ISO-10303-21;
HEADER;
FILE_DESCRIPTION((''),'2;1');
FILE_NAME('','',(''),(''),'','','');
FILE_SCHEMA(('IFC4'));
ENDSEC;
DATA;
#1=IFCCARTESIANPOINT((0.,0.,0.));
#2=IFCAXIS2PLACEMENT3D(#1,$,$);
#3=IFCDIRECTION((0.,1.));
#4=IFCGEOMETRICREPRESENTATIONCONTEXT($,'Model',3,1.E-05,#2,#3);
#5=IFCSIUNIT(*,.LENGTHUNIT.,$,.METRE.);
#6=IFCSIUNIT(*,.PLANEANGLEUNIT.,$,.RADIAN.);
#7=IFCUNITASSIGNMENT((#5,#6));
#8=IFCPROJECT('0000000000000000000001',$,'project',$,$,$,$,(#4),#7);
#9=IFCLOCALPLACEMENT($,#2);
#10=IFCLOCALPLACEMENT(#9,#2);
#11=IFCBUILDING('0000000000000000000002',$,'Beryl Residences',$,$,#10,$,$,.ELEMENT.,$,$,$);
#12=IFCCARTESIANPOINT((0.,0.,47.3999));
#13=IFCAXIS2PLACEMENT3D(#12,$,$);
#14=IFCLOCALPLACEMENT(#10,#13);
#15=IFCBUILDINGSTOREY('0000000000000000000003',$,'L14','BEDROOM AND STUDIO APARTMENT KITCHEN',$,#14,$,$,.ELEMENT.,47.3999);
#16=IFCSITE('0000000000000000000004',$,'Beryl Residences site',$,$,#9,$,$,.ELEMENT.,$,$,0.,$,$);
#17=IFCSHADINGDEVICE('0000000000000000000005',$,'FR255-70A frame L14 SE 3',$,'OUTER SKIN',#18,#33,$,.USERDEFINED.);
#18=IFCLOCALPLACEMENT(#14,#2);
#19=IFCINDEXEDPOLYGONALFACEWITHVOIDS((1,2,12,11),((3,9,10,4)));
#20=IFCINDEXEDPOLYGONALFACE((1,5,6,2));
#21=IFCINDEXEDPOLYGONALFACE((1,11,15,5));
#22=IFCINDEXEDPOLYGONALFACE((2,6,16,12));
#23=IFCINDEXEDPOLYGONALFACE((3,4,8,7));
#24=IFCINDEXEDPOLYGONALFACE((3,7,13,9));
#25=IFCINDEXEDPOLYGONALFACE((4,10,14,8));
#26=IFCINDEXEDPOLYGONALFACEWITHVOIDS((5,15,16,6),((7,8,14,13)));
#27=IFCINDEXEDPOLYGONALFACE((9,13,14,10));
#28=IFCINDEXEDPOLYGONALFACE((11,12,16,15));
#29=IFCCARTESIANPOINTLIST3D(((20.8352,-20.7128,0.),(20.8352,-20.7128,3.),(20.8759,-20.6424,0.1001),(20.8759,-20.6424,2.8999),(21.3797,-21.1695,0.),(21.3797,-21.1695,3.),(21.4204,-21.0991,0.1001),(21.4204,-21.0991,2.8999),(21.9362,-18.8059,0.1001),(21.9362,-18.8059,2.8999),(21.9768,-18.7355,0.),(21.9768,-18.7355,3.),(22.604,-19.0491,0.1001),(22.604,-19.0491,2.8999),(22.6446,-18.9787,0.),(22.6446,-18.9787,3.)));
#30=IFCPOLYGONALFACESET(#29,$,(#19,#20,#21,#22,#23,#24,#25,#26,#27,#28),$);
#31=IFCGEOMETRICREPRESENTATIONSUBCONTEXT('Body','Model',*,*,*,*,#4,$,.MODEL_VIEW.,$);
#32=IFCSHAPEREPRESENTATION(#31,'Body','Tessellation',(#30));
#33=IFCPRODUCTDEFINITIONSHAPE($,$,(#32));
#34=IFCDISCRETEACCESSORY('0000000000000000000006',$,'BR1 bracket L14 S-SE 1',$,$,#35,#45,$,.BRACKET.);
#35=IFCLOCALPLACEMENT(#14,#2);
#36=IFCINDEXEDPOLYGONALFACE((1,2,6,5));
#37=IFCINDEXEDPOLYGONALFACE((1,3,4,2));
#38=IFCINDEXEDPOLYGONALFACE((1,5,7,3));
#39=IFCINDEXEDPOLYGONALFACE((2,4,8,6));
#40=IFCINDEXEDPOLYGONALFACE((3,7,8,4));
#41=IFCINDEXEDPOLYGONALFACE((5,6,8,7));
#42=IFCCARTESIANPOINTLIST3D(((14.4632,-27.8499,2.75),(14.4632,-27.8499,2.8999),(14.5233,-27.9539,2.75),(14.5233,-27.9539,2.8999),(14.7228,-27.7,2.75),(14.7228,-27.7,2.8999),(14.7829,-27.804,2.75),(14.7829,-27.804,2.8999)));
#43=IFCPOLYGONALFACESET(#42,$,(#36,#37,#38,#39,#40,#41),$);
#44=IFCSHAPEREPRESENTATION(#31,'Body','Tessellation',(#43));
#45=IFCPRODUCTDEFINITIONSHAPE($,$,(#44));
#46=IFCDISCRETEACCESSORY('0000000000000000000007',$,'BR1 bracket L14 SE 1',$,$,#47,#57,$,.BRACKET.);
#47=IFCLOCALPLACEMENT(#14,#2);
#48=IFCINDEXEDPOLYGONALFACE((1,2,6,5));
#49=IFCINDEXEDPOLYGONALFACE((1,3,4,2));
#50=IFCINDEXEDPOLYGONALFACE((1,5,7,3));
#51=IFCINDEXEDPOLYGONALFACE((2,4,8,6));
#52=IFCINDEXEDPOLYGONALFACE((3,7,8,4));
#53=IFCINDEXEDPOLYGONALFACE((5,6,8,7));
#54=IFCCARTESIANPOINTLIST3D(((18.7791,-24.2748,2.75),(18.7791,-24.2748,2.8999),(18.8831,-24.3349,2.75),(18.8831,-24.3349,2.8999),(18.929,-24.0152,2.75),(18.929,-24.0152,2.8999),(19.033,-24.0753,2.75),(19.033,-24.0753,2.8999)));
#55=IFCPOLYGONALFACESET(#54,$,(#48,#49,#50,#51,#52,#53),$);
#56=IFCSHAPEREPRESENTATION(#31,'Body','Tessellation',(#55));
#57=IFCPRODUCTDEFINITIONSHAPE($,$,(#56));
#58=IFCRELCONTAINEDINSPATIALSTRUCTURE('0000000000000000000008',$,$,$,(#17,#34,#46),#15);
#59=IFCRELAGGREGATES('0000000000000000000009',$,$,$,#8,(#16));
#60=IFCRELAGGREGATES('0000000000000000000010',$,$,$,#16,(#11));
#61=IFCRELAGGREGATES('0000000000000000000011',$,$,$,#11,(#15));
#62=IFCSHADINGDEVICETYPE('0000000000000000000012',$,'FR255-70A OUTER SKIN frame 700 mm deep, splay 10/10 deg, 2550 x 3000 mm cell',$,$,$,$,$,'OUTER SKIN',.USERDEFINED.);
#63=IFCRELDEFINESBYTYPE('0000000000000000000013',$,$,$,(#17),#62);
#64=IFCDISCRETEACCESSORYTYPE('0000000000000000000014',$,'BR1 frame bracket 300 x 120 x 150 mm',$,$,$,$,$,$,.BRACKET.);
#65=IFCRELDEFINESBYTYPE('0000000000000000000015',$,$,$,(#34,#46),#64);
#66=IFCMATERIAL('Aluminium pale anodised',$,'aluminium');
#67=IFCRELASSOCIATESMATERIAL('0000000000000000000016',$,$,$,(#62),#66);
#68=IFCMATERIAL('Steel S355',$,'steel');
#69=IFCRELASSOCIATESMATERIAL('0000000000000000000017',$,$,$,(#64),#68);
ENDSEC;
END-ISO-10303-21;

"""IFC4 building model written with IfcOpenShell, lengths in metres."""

from ifc_helpers import new_model, entity, si_unit, direction, frame, origin, place, context, subcontext, project, spatial, polyline, outline, extrude, source, transform, mapped, material, type_object, type_shapes, element, save


model = new_model("IFC4")

# Units and contexts
model_context = context("Model", 3, precision=1e-05, world=origin(), true_north=direction((0.0, 1.0)))
body_context = subcontext(model_context, "Body", "Model", "MODEL_VIEW")
ifc_project = project(units=[si_unit("LENGTHUNIT", "METRE"), si_unit("PLANEANGLEUNIT", "RADIAN")], contexts=[model_context])

# Site, building, storey
site_placement = place(None, origin())
site = spatial("IfcSite", under=ifc_project, at=site_placement, Name="Beryl Residences site", CompositionType="ELEMENT", RefElevation=0.0)
building_placement = place(site_placement, origin())
building = spatial("IfcBuilding", under=site, at=building_placement, Name="Beryl Residences", CompositionType="ELEMENT")
storey_placement = place(building_placement, frame((0.0, 0.0, 47.3999)))
storey = spatial("IfcBuildingStorey", under=building, at=storey_placement, Name="L14", Description="BEDROOM AND STUDIO APARTMENT KITCHEN", CompositionType="ELEMENT", Elevation=47.3999)

# Shading device
ifc_material_1 = material(Name="Aluminium pale anodised", Category="aluminium")
shading_device_type_1 = type_object("IfcShadingDeviceType", Name="FR255-70A OUTER SKIN frame 700 mm deep, splay 10/10 deg, 2550 x 3000 mm cell", ElementType="OUTER SKIN", PredefinedType="USERDEFINED", material=ifc_material_1)
cartesian_point_1 = entity("IfcCartesianPoint", [-1.1416, 0.0])
cartesian_point_2 = entity("IfcCartesianPoint", [-1.0603, 0.1001])
cartesian_point_3 = entity("IfcCartesianPoint", [-1.2649, 0.0])
cartesian_point_4 = entity("IfcCartesianPoint", [-1.1836, 0.1001])
shared_shape_1 = source(origin(), body_context, "Body", "SweptSolid", [
    entity("IfcExtrudedAreaSolidTapered", entity("IfcArbitraryProfileDefWithVoids", "AREA", None, entity("IfcPolyline", [cartesian_point_1, entity("IfcCartesianPoint", [1.1416, 0.0]), entity("IfcCartesianPoint", [1.1416, 3.0]), entity("IfcCartesianPoint", [-1.1416, 3.0]), cartesian_point_1]), [entity("IfcPolyline", [cartesian_point_2, entity("IfcCartesianPoint", [1.0603, 0.1001]), entity("IfcCartesianPoint", [1.0603, 2.8999]), entity("IfcCartesianPoint", [-1.0603, 2.8999]), cartesian_point_2])]), entity("IfcAxis2Placement3D", entity("IfcCartesianPoint", [0.0, 0.0, 0.0]), entity("IfcDirection", [0.0, 1.0, 0.0]), entity("IfcDirection", [-1.0, 0.0, 0.0])), entity("IfcDirection", [0.0, 0.0, 1.0]), 0.7, entity("IfcArbitraryProfileDefWithVoids", "AREA", None, entity("IfcPolyline", [cartesian_point_3, entity("IfcCartesianPoint", [1.2649, 0.0]), entity("IfcCartesianPoint", [1.2649, 3.0]), entity("IfcCartesianPoint", [-1.2649, 3.0]), cartesian_point_3]), [entity("IfcPolyline", [cartesian_point_4, entity("IfcCartesianPoint", [1.1836, 0.1001]), entity("IfcCartesianPoint", [1.1836, 2.8999]), entity("IfcCartesianPoint", [-1.1836, 2.8999]), cartesian_point_4])])),
])
type_shapes(shading_device_type_1, [shared_shape_1])
for number, where, z_axis, x_axis, name in (
    (1, (21.406, -19.7241, 0.0), (0.0, 0.0, 1.0), (-0.5, -0.866025, 0.0), "FR255-70A frame L14 SE 3"),
):
    element("IfcShadingDevice", number, at=place(storey_placement, frame(where, z_axis=z_axis, x_axis=x_axis)), inside=storey, type_object=shading_device_type_1, Name=name, ObjectType="OUTER SKIN", PredefinedType="USERDEFINED", context=body_context, shape_type="MappedRepresentation", body=[
        mapped(shared_shape_1, transform((0.0, 0.0, 0.0))),
    ])

# Discrete accessories
ifc_material_2 = material(Name="Steel S355", Category="steel")
discrete_accessory_type = type_object("IfcDiscreteAccessoryType", Name="BR1 frame bracket 300 x 120 x 150 mm", PredefinedType="BRACKET", material=ifc_material_2)
shared_shape_2 = source(origin(), body_context, "Body", "SweptSolid", [
    extrude(outline(polyline([(-0.1499, 0.0), (0.1499, 0.0), (0.1499, 0.1201), (-0.1499, 0.1201), (-0.1499, 0.0)])), origin(), (0.0, 0.0, 1.0), 0.1499),
])
type_shapes(discrete_accessory_type, [shared_shape_2])
for number, where, z_axis, x_axis, name in (
    (2, (14.593, -27.7749, 2.75), (0.0, 0.0, 1.0), (-0.866025, -0.5, 0.0), "BR1 bracket L14 S-SE 1"),
    (3, (18.854, -24.145, 2.75), (0.0, 0.0, 1.0), (-0.5, -0.866025, 0.0), "BR1 bracket L14 SE 1"),
):
    element("IfcDiscreteAccessory", number, at=place(storey_placement, frame(where, z_axis=z_axis, x_axis=x_axis)), inside=storey, type_object=discrete_accessory_type, Name=name, PredefinedType="BRACKET", context=body_context, shape_type="MappedRepresentation", body=[
        mapped(shared_shape_2, transform((0.0, 0.0, 0.0))),
    ])

save(model, "model.ifc")
